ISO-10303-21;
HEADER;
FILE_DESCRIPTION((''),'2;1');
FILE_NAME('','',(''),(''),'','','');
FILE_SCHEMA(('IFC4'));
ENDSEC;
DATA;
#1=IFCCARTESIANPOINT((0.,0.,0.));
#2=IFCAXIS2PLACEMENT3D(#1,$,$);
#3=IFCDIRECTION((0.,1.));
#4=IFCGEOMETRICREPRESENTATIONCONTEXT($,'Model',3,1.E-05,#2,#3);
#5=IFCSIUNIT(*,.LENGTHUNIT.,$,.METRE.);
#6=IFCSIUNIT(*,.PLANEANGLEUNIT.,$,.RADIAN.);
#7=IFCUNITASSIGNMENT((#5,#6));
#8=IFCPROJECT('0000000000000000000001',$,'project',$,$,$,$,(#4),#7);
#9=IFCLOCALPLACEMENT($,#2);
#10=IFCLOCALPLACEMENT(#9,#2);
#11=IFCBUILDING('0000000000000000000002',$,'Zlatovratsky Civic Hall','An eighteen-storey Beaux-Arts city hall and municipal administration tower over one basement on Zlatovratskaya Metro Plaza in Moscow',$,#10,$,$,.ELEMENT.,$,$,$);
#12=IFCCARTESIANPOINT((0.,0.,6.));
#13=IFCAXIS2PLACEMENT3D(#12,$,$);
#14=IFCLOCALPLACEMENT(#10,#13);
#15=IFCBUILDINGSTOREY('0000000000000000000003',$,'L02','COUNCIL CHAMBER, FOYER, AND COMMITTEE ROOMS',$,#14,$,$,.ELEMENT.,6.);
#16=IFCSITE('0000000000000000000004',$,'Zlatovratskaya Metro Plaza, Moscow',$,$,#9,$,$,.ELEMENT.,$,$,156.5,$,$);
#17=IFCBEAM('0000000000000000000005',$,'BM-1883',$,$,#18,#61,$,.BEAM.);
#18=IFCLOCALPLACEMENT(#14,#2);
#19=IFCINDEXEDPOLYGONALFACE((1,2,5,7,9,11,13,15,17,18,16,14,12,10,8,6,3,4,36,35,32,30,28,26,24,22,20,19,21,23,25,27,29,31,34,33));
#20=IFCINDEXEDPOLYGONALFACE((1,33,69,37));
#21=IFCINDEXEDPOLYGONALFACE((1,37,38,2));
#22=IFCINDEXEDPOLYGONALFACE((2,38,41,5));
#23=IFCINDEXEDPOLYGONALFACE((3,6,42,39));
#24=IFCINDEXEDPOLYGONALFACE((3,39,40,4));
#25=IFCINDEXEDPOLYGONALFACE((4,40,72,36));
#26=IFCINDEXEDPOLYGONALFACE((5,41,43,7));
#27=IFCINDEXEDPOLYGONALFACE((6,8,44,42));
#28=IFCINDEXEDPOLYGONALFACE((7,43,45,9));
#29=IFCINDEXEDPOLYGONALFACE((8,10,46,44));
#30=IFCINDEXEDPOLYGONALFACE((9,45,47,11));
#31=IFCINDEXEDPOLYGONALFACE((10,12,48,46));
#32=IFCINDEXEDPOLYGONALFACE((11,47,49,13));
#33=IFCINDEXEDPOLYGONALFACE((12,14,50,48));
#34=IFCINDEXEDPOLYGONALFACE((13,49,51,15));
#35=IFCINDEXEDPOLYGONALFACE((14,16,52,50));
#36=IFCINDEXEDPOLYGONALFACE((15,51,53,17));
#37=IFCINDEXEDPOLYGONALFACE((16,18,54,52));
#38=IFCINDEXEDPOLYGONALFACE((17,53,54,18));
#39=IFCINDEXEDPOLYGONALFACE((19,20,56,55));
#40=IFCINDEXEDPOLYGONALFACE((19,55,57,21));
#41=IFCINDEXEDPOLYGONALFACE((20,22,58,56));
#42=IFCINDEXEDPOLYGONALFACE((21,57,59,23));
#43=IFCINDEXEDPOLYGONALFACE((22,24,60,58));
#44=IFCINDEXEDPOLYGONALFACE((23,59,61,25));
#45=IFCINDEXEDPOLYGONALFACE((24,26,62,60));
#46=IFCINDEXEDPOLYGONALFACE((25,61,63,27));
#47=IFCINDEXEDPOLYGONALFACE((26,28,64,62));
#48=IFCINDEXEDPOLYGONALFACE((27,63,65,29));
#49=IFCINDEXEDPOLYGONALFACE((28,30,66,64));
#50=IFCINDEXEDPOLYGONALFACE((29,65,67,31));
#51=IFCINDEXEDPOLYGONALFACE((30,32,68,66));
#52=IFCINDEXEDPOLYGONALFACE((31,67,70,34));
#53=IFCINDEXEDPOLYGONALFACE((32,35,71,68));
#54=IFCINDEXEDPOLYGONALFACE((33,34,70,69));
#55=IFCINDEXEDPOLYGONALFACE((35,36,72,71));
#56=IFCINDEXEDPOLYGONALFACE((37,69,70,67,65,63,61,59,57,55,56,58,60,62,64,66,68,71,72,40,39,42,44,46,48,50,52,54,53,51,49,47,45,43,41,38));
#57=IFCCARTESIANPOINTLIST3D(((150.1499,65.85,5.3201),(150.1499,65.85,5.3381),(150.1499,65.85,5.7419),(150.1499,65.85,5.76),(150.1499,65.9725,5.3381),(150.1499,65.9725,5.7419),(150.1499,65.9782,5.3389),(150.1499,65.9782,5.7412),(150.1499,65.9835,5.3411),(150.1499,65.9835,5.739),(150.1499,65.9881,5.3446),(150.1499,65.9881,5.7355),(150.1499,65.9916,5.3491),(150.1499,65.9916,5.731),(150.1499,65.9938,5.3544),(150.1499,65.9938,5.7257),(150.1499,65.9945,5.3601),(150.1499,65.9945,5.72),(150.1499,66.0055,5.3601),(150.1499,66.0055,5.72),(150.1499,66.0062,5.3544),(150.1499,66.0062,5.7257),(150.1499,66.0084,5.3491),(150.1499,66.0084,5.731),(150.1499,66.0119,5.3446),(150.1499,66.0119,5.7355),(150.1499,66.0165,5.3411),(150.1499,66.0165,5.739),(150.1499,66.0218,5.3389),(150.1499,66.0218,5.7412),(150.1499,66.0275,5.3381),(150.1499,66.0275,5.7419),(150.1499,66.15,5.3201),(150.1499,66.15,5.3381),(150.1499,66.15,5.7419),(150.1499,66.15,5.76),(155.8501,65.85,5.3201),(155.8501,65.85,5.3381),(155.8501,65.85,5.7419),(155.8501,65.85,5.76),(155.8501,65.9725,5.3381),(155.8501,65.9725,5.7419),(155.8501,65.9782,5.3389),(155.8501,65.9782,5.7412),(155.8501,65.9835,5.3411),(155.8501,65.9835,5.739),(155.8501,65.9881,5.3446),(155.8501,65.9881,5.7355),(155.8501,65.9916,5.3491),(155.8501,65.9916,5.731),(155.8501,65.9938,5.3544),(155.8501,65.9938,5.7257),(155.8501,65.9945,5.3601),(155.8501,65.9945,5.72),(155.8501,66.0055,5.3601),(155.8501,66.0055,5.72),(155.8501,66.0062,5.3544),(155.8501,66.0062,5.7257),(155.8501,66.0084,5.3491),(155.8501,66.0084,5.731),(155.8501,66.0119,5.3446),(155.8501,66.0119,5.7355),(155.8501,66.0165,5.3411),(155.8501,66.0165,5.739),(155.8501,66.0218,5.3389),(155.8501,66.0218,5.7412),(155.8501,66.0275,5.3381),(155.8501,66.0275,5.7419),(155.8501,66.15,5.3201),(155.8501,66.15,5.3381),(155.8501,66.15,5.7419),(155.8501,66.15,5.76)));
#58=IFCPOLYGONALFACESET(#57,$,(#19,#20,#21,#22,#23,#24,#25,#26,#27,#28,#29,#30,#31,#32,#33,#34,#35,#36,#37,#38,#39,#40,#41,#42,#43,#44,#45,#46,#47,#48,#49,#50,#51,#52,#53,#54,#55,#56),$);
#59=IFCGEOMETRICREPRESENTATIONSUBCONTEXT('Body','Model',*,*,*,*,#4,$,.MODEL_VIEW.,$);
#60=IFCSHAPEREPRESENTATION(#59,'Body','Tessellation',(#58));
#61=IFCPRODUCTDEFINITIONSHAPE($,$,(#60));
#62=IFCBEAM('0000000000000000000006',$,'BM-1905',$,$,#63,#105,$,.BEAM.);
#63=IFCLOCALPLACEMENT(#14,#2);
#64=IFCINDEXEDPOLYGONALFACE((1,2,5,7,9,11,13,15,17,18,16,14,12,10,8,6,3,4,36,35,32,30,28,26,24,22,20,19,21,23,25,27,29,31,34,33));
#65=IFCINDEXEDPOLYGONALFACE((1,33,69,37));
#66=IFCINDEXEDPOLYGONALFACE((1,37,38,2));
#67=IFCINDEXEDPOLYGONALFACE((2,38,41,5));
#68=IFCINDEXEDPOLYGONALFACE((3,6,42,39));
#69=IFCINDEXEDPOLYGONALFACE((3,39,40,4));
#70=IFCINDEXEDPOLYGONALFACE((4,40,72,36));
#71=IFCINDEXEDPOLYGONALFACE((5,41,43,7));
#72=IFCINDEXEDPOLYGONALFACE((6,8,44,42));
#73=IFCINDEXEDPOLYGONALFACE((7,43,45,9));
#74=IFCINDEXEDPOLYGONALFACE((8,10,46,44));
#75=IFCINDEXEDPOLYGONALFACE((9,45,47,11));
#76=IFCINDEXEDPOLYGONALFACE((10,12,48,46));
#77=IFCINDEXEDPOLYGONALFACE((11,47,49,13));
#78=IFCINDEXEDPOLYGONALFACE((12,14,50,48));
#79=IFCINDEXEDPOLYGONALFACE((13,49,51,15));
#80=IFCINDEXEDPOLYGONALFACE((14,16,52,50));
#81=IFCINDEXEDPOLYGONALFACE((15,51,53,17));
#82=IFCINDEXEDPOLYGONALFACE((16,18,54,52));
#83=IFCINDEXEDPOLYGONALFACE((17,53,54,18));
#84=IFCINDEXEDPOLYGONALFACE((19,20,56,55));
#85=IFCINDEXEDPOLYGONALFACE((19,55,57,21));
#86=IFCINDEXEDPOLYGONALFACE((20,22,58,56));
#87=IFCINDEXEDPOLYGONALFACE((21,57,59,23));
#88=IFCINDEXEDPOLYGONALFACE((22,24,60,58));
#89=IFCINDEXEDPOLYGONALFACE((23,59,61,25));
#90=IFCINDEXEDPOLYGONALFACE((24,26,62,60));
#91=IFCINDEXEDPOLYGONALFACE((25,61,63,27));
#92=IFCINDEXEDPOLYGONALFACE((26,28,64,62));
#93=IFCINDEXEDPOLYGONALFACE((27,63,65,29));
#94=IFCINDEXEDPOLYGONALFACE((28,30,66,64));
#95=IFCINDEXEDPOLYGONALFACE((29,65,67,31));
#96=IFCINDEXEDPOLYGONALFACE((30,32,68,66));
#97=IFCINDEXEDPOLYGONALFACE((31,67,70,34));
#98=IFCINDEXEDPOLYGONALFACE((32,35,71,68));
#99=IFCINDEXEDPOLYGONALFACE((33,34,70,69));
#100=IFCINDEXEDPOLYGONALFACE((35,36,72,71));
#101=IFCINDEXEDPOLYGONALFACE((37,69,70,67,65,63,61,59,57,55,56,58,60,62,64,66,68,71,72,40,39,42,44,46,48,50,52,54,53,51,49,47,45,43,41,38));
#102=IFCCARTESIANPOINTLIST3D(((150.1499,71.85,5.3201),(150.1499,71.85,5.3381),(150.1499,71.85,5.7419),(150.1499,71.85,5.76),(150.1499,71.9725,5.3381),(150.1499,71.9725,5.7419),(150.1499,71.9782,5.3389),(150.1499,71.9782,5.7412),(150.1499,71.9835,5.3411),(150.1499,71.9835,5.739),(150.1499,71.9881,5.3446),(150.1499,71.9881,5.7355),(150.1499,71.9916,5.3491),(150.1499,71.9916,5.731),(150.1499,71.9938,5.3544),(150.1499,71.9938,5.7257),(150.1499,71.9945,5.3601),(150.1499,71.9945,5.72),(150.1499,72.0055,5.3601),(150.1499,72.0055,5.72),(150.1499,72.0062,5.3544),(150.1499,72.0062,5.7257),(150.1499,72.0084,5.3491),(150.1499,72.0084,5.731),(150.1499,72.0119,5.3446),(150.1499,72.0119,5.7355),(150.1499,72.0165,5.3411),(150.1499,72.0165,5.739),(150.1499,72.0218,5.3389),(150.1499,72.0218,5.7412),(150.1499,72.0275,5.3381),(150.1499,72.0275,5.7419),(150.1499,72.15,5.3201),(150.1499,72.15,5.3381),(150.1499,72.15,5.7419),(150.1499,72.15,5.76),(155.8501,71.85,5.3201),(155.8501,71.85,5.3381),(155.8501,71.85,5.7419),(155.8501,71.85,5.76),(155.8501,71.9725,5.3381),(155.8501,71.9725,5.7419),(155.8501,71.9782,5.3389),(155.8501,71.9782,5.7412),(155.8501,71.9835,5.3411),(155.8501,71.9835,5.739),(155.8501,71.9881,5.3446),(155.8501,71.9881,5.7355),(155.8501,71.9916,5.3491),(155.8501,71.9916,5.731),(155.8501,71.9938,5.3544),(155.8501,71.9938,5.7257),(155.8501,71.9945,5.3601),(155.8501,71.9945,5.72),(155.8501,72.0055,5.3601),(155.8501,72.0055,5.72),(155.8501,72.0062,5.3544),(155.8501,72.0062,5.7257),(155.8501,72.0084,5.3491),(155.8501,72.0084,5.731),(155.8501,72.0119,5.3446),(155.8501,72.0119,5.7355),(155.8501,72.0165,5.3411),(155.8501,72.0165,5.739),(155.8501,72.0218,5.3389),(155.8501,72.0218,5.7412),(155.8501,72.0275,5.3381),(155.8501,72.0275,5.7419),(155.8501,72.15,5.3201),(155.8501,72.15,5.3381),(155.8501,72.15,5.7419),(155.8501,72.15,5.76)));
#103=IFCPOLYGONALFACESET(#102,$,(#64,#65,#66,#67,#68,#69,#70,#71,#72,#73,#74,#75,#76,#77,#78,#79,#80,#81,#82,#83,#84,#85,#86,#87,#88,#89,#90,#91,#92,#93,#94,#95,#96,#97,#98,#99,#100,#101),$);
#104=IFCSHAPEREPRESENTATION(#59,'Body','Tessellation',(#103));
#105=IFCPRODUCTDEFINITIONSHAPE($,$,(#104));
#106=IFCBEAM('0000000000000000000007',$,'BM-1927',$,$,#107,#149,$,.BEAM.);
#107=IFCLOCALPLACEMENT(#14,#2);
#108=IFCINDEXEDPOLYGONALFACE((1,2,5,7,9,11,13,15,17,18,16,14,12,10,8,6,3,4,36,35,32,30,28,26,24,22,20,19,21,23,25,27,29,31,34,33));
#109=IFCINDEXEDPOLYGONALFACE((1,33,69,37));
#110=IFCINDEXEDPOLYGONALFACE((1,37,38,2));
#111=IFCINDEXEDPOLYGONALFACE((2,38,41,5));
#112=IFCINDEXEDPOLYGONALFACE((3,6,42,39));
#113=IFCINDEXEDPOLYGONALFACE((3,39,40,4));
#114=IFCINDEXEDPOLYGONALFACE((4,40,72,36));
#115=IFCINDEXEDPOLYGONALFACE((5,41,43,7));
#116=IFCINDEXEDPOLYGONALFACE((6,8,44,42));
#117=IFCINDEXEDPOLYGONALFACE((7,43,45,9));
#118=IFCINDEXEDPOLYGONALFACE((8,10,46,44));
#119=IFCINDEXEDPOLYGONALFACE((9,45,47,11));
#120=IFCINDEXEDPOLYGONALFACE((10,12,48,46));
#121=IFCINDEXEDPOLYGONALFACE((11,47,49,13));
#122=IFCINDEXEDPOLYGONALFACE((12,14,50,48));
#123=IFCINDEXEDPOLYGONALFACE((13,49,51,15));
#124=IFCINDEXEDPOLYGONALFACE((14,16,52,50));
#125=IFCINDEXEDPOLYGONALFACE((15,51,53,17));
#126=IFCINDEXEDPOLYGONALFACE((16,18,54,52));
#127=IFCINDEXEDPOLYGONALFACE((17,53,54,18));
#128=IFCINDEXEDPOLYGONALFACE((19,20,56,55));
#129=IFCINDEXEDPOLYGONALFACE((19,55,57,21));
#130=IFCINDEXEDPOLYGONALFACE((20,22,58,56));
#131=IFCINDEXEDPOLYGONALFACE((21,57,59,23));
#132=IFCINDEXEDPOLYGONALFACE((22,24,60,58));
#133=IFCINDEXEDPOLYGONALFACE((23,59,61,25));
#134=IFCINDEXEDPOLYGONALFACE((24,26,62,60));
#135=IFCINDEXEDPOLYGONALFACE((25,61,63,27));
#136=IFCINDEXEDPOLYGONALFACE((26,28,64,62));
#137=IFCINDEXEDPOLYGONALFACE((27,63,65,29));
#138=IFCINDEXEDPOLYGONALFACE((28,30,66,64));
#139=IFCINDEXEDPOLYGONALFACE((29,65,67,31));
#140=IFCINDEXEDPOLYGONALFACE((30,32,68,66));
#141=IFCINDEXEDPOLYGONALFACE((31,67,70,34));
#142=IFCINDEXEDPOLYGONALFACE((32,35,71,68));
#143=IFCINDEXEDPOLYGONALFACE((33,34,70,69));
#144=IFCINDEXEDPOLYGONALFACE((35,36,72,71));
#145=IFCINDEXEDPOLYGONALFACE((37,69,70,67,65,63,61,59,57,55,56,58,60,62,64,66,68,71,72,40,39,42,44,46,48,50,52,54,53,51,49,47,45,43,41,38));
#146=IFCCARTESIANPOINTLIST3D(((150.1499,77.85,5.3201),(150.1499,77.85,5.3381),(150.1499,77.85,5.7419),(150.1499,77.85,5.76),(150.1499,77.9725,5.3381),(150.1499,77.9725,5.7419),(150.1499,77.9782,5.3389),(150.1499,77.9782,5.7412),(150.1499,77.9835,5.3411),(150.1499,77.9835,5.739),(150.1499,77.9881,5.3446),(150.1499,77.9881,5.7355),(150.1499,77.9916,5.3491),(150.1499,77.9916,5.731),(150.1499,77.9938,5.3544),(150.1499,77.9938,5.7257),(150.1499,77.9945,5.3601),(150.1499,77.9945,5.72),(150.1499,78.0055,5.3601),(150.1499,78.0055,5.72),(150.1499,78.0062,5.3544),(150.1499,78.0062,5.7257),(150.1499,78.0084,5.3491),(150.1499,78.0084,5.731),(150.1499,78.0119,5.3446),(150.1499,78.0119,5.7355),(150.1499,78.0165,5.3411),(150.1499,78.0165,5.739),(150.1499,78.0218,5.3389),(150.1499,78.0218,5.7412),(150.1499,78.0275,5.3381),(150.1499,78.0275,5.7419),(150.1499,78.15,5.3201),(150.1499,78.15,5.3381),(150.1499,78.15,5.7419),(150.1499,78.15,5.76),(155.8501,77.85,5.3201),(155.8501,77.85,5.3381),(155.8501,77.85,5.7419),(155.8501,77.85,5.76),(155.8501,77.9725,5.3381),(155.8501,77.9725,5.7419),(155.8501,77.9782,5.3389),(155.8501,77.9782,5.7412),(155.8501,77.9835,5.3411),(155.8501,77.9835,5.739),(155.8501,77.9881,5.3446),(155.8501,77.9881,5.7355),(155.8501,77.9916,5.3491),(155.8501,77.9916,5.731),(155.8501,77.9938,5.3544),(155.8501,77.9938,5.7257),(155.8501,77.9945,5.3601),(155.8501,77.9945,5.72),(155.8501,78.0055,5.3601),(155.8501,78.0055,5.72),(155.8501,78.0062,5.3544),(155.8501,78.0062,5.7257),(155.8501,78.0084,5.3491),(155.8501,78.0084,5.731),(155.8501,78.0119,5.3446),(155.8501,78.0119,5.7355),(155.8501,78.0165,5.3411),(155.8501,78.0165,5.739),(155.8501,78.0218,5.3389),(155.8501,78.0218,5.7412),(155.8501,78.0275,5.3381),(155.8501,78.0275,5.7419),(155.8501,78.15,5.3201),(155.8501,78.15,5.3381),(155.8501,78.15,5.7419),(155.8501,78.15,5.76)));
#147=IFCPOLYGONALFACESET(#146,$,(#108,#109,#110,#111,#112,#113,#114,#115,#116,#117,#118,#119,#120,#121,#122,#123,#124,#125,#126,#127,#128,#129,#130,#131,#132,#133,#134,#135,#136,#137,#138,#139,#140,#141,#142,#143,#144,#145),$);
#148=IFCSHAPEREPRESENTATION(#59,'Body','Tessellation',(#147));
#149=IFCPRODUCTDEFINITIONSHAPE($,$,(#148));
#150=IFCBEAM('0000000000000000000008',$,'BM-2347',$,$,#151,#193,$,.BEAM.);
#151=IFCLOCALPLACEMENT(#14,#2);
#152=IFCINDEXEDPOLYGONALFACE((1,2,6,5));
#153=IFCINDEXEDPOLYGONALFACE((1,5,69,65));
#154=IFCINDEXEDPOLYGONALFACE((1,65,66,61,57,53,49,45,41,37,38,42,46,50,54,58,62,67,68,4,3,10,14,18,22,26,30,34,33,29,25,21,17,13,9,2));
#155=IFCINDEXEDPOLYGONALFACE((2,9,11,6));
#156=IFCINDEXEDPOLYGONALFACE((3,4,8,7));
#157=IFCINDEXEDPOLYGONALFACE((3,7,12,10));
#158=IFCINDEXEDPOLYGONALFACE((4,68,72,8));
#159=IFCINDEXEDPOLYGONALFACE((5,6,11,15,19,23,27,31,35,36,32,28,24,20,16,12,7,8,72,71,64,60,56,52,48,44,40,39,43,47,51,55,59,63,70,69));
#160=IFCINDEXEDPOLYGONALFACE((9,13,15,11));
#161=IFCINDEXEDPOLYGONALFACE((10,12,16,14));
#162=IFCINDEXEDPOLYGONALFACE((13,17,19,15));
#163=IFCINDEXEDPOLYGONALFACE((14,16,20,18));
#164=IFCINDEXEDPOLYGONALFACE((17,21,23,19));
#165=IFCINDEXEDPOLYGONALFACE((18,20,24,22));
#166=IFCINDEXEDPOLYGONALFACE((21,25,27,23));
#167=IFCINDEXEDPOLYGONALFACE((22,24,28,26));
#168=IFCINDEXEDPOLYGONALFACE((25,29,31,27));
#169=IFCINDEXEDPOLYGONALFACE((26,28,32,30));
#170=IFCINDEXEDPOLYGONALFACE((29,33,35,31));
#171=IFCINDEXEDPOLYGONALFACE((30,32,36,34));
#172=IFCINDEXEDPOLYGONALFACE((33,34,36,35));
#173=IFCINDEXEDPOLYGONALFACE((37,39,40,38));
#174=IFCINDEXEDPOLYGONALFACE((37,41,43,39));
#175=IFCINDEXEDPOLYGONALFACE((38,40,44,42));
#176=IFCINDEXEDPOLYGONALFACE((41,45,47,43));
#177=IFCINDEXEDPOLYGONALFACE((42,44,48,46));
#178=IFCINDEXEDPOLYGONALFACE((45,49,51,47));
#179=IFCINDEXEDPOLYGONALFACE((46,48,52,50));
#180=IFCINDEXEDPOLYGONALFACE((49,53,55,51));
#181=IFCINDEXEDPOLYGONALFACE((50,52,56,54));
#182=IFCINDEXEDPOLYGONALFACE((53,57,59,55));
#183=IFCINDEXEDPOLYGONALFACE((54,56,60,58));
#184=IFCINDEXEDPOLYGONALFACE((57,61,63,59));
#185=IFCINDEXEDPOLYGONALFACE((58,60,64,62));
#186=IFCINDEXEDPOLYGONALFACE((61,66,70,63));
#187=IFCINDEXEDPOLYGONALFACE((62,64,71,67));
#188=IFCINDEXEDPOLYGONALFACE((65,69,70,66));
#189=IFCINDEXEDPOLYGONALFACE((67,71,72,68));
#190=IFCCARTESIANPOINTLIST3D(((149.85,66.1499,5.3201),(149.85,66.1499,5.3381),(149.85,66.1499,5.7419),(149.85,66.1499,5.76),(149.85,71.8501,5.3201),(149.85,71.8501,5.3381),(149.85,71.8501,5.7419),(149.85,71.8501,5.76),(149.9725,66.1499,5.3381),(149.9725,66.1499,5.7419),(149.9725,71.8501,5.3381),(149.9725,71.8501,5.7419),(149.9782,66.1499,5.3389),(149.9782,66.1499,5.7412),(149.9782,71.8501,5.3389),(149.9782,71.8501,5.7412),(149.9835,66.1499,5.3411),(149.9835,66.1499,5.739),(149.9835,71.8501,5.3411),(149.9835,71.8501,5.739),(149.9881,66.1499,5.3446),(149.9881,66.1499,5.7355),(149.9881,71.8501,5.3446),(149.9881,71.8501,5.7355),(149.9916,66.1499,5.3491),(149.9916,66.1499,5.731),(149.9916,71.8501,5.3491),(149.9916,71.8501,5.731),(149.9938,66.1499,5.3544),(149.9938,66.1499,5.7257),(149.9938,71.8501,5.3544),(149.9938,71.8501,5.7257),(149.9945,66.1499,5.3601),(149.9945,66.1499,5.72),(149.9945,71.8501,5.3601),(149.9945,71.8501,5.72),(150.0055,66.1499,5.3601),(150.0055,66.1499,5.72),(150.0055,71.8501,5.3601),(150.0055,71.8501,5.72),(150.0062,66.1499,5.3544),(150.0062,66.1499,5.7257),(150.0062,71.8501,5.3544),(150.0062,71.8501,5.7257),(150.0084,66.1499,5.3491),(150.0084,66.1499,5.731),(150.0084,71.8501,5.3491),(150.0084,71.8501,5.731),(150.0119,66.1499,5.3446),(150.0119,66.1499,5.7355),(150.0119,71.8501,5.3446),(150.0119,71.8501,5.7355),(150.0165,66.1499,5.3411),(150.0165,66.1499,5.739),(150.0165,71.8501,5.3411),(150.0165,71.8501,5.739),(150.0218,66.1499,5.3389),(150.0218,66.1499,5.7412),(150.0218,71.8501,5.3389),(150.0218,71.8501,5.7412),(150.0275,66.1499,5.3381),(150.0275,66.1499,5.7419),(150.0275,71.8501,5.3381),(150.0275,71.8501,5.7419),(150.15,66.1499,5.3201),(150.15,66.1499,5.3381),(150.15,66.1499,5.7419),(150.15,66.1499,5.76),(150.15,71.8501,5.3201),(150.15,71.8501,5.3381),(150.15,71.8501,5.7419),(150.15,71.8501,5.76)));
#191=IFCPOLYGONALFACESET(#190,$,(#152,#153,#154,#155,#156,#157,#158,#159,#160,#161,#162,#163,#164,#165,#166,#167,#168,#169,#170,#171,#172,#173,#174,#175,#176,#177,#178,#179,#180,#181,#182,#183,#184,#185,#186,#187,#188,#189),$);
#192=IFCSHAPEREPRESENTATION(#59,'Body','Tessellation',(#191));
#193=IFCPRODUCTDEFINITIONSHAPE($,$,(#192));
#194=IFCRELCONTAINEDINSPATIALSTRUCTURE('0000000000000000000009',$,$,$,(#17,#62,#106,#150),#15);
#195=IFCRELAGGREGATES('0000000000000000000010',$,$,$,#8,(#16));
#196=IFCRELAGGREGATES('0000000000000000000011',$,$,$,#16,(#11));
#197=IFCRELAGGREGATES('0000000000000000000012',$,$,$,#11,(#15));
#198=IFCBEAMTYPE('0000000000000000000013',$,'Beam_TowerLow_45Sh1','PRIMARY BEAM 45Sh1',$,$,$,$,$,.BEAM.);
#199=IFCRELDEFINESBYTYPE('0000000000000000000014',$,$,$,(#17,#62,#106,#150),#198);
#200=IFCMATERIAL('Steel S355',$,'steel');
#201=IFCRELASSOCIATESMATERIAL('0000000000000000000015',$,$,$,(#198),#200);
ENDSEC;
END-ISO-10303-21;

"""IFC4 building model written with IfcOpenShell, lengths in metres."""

from ifc_helpers import new_model, si_unit, direction, frame, origin, origin_2d, place, context, subcontext, project, spatial, i_section, extrude, material, material_profile, profile_set, type_object, element, save


model = new_model("IFC4")

# Units and contexts
model_context = context("Model", 3, precision=1e-05, world=origin(), true_north=direction((0.0, 1.0)))
body_context = subcontext(model_context, "Body", "Model", "MODEL_VIEW")
ifc_project = project(units=[si_unit("LENGTHUNIT", "METRE"), si_unit("PLANEANGLEUNIT", "RADIAN")], contexts=[model_context])

# Site, building, storey
site_placement = place(None, origin())
site = spatial("IfcSite", under=ifc_project, at=site_placement, Name="Zlatovratskaya Metro Plaza, Moscow", CompositionType="ELEMENT", RefElevation=156.5)
building_placement = place(site_placement, origin())
building = spatial("IfcBuilding", under=site, at=building_placement, Name="Zlatovratsky Civic Hall", Description="An eighteen-storey Beaux-Arts city hall and municipal administration tower over one basement on Zlatovratskaya Metro Plaza in Moscow", CompositionType="ELEMENT")
storey_placement = place(building_placement, frame((0.0, 0.0, 6.0)))
storey = spatial("IfcBuildingStorey", under=building, at=storey_placement, Name="L02", Description="COUNCIL CHAMBER, FOYER, AND COMMITTEE ROOMS", CompositionType="ELEMENT", Elevation=6.0)

# Shared definitions
ifc_material_1 = material(Name="Steel S355", Category="steel")

# Beams
ifc_material_profile_1 = material_profile(ifc_material_1, i_section(OverallWidth=0.3, OverallDepth=0.4399, WebThickness=0.011, FlangeThickness=0.0181, FilletRadius=0.022, at=origin_2d()), Name="45Sh1")
ifc_profile_set_1 = profile_set([ifc_material_profile_1], Name="Steel S355")
beam_type_1 = type_object("IfcBeamType", Name="Beam_TowerLow_45Sh1", Description="PRIMARY BEAM 45Sh1", PredefinedType="BEAM", material=ifc_profile_set_1)
for number, where, z_axis, x_axis, name in (
    (1, (150.1499, 66.0, 5.54), (1.0, 0.0, 0.0), (0.0, 1.0, 0.0), "BM-1883"),
    (2, (150.1499, 72.0, 5.54), (1.0, 0.0, 0.0), (0.0, 1.0, 0.0), "BM-1905"),
    (3, (150.1499, 78.0, 5.54), (1.0, 0.0, 0.0), (0.0, 1.0, 0.0), "BM-1927"),
    (4, (150.0, 66.1499, 5.54), (0.0, 1.0, 0.0), (-1.0, 0.0, 0.0), "BM-2347"),
):
    element("IfcBeam", number, at=place(storey_placement, frame(where, z_axis=z_axis, x_axis=x_axis)), inside=storey, type_object=beam_type_1, Name=name, PredefinedType="BEAM", context=body_context, shape_type="SweptSolid", body=[
        extrude(i_section(OverallWidth=0.3, OverallDepth=0.4399, WebThickness=0.011, FlangeThickness=0.0181, FilletRadius=0.022, at=origin_2d()), origin(), (0.0, 0.0, 1.0), 5.7002),
    ])

save(model, "model.ifc")
